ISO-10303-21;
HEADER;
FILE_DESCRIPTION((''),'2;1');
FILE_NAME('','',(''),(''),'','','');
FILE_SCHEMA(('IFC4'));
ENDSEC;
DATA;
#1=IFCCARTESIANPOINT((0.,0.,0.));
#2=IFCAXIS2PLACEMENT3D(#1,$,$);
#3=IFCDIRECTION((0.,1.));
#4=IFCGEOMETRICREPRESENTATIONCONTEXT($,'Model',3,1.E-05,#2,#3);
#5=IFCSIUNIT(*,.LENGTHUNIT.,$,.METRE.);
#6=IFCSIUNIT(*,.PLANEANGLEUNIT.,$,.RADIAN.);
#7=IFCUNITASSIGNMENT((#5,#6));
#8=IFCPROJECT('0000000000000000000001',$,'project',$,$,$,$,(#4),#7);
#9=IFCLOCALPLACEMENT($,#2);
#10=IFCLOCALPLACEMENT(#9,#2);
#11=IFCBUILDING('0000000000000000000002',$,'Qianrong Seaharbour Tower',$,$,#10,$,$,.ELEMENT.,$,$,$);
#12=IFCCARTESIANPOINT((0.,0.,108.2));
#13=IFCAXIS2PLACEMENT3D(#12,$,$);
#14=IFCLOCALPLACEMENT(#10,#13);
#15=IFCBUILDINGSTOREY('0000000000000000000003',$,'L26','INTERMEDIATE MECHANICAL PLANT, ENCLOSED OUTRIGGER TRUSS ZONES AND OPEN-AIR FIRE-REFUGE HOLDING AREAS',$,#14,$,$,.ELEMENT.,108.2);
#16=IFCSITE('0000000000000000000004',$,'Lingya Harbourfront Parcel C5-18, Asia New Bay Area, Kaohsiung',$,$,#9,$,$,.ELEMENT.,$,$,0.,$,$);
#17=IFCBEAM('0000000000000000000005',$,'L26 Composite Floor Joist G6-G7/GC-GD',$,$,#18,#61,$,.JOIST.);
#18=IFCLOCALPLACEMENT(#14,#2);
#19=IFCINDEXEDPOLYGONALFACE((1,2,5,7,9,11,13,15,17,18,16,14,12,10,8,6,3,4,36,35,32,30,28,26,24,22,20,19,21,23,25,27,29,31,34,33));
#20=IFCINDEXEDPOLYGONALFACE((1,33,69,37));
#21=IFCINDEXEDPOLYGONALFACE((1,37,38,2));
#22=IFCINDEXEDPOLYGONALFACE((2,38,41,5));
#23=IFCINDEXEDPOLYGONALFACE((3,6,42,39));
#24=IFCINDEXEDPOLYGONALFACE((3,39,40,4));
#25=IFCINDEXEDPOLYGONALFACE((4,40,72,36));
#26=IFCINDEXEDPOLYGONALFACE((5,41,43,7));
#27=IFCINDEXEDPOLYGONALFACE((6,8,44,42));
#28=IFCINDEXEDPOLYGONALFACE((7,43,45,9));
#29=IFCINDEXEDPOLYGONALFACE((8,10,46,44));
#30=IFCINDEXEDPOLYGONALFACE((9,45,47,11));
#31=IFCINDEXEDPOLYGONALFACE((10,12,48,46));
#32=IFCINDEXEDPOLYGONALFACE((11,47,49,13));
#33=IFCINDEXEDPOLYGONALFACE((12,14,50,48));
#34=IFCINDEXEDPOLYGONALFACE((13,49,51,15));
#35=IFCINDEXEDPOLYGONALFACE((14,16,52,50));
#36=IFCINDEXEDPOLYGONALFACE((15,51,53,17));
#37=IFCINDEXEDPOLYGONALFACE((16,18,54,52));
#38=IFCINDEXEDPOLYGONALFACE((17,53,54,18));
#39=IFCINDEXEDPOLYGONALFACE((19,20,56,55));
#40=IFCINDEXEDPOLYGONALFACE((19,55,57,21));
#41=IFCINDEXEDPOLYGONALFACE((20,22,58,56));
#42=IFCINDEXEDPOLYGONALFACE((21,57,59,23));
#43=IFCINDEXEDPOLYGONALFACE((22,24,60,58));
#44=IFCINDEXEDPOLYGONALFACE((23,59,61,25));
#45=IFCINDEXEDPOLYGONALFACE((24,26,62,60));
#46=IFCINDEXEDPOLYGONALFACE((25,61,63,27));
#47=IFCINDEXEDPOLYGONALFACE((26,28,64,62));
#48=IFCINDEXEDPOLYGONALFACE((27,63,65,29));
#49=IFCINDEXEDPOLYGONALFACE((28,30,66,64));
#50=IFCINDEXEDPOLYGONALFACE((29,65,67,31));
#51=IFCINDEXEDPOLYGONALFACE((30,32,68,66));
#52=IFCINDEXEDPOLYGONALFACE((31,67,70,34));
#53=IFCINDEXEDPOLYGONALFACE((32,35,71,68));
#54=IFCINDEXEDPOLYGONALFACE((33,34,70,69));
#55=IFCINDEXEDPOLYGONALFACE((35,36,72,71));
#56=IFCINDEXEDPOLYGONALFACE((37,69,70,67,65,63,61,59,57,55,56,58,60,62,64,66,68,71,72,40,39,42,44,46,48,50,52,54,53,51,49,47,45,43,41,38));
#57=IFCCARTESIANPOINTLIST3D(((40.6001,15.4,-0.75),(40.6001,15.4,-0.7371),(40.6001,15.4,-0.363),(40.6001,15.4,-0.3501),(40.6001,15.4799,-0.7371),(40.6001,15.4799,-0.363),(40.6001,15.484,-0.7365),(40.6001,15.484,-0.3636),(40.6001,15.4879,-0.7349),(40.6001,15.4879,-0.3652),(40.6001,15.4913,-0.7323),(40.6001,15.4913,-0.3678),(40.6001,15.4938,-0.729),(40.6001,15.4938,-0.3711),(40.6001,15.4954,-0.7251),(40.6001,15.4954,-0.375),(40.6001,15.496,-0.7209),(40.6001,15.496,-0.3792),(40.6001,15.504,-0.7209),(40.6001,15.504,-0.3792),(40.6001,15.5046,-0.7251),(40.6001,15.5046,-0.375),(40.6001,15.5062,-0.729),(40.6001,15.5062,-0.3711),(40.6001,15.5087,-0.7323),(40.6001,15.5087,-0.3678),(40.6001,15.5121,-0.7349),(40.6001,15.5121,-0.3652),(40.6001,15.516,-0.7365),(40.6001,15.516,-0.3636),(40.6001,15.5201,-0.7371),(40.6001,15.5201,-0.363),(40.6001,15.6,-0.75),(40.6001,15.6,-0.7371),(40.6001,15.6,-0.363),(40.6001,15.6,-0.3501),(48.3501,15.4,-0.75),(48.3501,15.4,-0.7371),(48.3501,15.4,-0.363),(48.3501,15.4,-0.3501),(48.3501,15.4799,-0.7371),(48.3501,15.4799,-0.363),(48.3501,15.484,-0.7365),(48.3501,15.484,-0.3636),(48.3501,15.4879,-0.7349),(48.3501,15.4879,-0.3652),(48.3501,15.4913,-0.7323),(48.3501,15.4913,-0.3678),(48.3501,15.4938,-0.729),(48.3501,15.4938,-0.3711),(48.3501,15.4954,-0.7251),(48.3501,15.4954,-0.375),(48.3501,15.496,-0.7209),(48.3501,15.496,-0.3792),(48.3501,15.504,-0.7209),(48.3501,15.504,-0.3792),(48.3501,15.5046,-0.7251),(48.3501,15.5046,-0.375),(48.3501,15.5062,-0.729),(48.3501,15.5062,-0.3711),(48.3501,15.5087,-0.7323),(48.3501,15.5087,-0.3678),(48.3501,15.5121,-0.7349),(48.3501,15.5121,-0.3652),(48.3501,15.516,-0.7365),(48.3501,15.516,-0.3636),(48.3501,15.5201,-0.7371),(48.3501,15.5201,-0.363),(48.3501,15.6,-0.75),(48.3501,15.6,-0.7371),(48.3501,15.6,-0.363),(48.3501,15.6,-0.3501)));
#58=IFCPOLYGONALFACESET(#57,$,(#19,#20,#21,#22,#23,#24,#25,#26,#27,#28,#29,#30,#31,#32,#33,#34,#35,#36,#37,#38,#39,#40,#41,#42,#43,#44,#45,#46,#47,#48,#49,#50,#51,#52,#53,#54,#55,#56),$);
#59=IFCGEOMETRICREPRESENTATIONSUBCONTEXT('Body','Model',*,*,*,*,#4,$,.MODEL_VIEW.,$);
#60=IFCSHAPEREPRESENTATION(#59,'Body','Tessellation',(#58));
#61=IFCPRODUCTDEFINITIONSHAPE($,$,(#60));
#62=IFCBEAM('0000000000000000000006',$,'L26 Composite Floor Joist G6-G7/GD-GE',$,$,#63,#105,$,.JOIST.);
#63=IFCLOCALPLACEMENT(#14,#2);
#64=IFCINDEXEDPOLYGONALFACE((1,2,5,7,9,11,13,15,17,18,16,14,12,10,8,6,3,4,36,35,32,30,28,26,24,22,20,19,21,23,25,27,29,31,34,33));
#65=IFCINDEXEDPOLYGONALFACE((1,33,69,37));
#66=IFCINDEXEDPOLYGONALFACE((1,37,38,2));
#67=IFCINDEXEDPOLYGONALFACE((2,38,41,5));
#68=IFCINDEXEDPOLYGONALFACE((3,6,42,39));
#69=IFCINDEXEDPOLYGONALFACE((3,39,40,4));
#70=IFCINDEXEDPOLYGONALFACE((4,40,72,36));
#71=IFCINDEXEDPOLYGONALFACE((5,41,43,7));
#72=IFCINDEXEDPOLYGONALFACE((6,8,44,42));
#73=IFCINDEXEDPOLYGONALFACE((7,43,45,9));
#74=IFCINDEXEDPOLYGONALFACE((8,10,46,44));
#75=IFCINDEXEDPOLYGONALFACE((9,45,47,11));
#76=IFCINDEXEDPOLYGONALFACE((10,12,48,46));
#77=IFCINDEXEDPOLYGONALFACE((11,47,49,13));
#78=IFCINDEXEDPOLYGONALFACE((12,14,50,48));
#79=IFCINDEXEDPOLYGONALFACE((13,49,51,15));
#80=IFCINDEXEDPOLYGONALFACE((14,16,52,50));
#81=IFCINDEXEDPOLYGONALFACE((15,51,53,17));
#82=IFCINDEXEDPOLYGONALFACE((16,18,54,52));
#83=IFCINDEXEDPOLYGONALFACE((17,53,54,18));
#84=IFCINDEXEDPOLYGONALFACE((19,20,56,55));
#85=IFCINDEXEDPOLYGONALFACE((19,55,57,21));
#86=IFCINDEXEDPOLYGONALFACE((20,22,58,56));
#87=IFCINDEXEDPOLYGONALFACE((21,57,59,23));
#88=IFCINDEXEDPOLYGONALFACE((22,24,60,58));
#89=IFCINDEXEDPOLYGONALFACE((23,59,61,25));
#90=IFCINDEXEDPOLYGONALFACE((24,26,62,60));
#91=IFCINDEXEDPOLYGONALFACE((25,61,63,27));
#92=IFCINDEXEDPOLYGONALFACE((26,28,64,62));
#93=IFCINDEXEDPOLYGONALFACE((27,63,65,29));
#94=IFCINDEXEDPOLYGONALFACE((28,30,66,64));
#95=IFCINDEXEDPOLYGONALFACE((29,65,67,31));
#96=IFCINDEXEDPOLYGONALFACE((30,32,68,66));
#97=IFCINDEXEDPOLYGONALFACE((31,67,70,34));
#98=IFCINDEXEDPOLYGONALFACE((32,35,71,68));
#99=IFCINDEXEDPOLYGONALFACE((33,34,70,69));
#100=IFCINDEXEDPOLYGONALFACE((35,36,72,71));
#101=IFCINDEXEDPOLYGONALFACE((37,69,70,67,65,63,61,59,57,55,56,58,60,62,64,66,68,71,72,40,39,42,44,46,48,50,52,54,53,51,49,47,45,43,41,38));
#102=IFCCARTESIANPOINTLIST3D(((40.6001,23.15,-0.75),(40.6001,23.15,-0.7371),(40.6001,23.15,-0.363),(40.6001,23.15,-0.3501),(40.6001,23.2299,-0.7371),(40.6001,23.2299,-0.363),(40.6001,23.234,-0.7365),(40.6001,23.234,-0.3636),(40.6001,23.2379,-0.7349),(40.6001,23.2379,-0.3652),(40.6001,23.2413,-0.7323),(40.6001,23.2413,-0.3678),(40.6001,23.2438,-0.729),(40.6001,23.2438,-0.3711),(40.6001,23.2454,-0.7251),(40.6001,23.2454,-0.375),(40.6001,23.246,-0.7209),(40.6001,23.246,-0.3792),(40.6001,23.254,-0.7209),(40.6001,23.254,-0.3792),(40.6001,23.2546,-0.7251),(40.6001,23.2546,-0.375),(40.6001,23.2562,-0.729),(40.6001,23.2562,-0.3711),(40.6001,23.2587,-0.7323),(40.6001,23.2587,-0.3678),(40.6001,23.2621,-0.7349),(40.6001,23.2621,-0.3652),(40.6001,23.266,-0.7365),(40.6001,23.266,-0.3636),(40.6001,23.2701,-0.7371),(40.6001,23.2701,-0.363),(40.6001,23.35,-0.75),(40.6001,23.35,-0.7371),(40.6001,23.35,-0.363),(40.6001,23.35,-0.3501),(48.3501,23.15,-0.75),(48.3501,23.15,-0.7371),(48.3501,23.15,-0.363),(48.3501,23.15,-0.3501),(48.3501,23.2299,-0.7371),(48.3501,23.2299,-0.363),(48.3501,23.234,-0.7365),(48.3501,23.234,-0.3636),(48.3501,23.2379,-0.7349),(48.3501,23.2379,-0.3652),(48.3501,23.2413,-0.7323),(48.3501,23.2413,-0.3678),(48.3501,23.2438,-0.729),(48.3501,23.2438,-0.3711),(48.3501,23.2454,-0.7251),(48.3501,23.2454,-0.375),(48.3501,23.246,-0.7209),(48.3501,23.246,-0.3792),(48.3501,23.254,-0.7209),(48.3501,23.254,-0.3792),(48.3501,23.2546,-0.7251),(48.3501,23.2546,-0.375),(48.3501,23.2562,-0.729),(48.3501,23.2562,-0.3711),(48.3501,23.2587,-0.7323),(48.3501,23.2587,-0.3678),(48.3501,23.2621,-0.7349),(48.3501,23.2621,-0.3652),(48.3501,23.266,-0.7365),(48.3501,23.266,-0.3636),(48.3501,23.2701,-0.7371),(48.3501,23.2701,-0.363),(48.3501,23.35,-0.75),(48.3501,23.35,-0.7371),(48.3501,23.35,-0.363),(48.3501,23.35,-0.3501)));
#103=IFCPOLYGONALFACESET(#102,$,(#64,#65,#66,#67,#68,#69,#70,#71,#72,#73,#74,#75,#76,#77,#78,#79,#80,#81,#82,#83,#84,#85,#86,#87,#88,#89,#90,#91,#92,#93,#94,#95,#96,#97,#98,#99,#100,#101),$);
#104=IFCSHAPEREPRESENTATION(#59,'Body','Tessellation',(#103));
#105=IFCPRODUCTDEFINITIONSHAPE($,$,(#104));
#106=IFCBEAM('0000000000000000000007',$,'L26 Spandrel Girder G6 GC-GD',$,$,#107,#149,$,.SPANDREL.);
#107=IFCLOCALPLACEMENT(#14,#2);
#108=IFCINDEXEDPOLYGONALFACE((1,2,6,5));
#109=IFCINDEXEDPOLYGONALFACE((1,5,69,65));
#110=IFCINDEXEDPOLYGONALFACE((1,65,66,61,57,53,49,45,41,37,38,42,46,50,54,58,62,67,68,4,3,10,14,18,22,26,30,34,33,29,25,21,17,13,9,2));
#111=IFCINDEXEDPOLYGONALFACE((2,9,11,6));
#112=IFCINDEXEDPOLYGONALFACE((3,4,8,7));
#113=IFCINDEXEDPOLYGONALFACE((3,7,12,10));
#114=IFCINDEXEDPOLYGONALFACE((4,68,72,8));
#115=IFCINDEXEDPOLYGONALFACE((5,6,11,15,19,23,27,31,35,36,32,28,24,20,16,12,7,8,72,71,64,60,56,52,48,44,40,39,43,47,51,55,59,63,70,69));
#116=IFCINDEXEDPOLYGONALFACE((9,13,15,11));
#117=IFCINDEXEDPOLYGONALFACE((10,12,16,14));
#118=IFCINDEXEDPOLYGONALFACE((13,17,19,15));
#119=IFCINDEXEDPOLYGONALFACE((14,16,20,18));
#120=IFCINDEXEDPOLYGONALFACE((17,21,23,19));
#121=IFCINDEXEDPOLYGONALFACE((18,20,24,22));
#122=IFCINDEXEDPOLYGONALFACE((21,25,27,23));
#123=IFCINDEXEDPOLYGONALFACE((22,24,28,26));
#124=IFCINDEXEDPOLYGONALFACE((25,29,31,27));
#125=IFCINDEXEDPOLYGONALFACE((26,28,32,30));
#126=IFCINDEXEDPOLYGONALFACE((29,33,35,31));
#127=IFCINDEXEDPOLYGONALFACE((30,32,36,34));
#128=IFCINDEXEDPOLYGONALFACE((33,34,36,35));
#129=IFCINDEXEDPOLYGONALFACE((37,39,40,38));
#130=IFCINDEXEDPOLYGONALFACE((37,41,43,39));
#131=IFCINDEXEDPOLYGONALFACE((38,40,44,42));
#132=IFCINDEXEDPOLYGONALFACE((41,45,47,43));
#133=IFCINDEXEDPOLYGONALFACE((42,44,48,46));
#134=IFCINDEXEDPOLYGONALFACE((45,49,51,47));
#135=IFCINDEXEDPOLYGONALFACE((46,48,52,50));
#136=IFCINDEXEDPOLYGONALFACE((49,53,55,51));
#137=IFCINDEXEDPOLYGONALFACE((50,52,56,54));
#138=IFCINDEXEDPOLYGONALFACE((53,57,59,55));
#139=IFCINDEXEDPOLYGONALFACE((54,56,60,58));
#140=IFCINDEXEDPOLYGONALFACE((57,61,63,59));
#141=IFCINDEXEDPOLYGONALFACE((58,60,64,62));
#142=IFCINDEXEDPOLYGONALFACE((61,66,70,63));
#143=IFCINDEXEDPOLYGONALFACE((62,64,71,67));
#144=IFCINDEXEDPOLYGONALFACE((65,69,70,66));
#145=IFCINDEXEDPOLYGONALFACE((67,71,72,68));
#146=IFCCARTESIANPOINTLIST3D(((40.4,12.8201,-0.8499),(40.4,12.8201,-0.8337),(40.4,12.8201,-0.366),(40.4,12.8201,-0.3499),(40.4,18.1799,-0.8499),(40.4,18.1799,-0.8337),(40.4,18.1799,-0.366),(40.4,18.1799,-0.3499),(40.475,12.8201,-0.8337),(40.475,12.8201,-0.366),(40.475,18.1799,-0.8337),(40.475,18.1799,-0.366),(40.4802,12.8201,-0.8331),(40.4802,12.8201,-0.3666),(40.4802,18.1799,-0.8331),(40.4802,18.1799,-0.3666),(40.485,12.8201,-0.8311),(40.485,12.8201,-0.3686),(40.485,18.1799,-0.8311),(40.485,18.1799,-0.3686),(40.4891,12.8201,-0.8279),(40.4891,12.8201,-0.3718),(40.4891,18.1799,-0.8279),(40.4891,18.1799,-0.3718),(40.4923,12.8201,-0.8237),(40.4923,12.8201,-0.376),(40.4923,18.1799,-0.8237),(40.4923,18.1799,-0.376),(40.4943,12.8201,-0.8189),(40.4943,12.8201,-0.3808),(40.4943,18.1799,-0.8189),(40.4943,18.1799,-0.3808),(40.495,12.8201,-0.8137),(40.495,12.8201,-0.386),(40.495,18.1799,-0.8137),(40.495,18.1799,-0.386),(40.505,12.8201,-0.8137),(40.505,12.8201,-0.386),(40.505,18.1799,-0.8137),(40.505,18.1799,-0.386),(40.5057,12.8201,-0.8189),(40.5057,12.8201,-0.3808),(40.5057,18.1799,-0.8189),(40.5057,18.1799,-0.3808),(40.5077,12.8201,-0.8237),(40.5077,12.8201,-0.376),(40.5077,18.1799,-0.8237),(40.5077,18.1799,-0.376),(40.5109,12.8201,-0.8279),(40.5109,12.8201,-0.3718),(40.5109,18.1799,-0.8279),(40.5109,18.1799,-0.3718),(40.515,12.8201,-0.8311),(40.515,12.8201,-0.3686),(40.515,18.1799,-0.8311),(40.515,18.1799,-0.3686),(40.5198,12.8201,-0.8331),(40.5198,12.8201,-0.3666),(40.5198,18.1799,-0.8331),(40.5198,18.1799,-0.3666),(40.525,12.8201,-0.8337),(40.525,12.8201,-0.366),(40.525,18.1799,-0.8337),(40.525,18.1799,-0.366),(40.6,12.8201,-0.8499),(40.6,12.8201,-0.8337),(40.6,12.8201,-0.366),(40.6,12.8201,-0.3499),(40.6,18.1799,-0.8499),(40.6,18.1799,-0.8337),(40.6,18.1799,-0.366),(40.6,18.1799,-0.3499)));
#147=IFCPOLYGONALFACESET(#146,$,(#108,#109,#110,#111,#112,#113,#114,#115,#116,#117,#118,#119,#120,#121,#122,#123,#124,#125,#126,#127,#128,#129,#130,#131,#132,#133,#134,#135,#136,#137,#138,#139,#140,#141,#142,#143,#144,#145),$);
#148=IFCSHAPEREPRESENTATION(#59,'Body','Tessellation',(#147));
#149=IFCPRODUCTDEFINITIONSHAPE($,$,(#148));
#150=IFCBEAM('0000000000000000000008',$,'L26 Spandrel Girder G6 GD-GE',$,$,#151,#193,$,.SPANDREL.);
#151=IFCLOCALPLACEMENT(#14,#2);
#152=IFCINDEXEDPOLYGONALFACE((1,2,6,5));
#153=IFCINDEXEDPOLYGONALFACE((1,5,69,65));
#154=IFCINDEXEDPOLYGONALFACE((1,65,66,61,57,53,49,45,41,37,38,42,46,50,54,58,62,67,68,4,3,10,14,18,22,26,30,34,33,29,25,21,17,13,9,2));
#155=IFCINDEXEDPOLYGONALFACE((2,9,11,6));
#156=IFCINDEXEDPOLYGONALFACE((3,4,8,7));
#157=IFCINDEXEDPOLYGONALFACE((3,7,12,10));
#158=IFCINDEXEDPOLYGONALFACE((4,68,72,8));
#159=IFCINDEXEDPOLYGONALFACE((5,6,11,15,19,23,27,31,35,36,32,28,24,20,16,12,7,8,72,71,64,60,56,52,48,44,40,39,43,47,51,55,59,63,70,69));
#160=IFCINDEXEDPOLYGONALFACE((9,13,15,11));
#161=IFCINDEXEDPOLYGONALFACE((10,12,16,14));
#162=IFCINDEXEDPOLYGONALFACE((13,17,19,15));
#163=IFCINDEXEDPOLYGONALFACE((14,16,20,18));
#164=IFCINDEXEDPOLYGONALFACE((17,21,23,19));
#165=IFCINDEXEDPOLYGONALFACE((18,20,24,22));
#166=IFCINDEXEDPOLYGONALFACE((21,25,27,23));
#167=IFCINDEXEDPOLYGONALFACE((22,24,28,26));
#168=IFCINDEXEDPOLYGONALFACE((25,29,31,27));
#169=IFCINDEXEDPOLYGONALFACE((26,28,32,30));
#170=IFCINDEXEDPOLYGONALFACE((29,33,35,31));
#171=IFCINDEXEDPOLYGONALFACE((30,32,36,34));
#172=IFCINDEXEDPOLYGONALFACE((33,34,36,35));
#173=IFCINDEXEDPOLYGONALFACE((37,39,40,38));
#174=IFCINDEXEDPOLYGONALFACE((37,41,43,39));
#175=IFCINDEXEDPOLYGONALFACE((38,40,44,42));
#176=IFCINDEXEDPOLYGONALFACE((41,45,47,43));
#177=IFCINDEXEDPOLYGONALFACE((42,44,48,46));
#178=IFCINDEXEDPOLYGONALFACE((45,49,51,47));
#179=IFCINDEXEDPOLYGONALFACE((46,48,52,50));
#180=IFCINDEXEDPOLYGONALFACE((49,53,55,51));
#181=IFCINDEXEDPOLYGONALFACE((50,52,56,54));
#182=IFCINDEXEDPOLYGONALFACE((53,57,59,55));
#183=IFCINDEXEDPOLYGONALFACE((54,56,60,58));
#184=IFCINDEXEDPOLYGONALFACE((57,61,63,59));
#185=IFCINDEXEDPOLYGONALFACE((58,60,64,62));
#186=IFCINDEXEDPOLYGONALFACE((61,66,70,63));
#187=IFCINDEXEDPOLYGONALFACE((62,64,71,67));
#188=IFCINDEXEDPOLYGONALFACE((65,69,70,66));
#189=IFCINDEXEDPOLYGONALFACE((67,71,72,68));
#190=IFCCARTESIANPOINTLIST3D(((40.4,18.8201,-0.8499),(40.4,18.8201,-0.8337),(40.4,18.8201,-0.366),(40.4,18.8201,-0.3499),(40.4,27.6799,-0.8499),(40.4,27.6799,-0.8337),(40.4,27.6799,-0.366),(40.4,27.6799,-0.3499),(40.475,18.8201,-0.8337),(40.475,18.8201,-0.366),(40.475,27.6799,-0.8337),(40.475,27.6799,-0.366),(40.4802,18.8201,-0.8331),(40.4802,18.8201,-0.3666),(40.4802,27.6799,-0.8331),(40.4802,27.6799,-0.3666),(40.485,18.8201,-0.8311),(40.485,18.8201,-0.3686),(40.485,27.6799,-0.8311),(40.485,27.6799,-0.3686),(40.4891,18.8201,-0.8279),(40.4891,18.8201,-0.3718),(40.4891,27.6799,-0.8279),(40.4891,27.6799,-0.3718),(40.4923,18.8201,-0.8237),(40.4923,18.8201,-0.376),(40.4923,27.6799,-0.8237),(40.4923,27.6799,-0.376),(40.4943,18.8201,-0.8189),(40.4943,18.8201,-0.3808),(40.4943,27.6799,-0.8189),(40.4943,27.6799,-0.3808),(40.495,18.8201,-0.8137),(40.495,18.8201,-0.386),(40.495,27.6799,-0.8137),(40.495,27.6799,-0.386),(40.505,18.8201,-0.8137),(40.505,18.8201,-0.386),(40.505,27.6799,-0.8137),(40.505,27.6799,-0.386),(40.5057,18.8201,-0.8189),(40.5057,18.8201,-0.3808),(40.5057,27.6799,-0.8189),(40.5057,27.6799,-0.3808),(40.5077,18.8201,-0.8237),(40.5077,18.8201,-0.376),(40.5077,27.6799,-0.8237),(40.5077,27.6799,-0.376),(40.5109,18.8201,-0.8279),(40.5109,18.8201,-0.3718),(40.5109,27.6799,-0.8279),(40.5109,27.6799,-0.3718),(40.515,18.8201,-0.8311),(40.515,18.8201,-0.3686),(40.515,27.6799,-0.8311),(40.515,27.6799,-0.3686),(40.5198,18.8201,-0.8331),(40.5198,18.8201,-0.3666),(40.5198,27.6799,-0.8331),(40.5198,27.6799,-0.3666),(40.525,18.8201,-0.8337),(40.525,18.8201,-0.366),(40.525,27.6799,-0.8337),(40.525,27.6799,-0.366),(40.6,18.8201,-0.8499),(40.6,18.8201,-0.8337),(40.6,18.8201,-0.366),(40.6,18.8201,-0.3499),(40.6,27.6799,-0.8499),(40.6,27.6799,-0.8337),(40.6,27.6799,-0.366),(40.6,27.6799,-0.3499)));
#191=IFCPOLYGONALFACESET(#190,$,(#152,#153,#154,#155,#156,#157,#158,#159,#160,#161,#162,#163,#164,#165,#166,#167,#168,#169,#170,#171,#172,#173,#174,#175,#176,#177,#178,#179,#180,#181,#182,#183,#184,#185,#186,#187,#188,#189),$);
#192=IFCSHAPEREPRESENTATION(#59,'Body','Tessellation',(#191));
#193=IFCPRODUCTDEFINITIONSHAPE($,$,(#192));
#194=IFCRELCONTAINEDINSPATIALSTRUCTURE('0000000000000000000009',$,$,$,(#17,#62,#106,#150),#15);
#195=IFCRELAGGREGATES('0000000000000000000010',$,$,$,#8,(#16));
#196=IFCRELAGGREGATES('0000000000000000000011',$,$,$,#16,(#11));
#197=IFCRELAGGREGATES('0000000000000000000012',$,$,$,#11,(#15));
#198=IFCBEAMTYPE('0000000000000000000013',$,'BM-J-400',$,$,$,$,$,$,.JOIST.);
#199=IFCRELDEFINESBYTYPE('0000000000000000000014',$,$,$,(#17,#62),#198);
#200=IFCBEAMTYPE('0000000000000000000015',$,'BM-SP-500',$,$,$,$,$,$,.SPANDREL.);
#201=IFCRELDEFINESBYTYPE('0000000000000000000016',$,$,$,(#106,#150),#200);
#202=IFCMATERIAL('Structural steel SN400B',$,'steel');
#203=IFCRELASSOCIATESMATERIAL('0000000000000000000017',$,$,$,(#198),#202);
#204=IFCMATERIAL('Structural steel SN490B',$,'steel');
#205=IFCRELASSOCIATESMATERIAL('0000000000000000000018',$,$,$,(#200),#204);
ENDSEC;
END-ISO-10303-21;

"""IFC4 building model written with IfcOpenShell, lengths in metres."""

from ifc_helpers import new_model, si_unit, direction, frame, origin, origin_2d, place, context, subcontext, project, spatial, i_section, extrude, material, material_profile, profile_set, type_object, element, save


model = new_model("IFC4")

# Units and contexts
model_context = context("Model", 3, precision=1e-05, world=origin(), true_north=direction((0.0, 1.0)))
body_context = subcontext(model_context, "Body", "Model", "MODEL_VIEW")
ifc_project = project(units=[si_unit("LENGTHUNIT", "METRE"), si_unit("PLANEANGLEUNIT", "RADIAN")], contexts=[model_context])

# Site, building, storey
site_placement = place(None, origin())
site = spatial("IfcSite", under=ifc_project, at=site_placement, Name="Lingya Harbourfront Parcel C5-18, Asia New Bay Area, Kaohsiung", CompositionType="ELEMENT", RefElevation=0.0)
building_placement = place(site_placement, origin())
building = spatial("IfcBuilding", under=site, at=building_placement, Name="Qianrong Seaharbour Tower", CompositionType="ELEMENT")
storey_placement = place(building_placement, frame((0.0, 0.0, 108.2)))
storey = spatial("IfcBuildingStorey", under=building, at=storey_placement, Name="L26", Description="INTERMEDIATE MECHANICAL PLANT, ENCLOSED OUTRIGGER TRUSS ZONES AND OPEN-AIR FIRE-REFUGE HOLDING AREAS", CompositionType="ELEMENT", Elevation=108.2)

# Shared definitions
ifc_material_1 = material(Name="Structural steel SN490B", Category="steel")

# Beams
ifc_material_2 = material(Name="Structural steel SN400B", Category="steel")
ifc_material_profile_1 = material_profile(ifc_material_2, i_section(OverallWidth=0.2, OverallDepth=0.3999, WebThickness=0.0081, FlangeThickness=0.0129, FilletRadius=0.0161, at=origin_2d()), Name="H400x200x8x13")
ifc_profile_set_1 = profile_set([ifc_material_profile_1], Name="Structural steel SN400B")
beam_type_1 = type_object("IfcBeamType", Name="BM-J-400", PredefinedType="JOIST", material=ifc_profile_set_1)
for number, where, z_axis, x_axis, name in (
    (1, (40.6001, 15.5, -0.55), (1.0, 0.0, 0.0), (0.0, 1.0, 0.0), "L26 Composite Floor Joist G6-G7/GC-GD"),
    (2, (40.6001, 23.25, -0.55), (1.0, 0.0, 0.0), (0.0, 1.0, 0.0), "L26 Composite Floor Joist G6-G7/GD-GE"),
):
    element("IfcBeam", number, at=place(storey_placement, frame(where, z_axis=z_axis, x_axis=x_axis)), inside=storey, type_object=beam_type_1, Name=name, PredefinedType="JOIST", context=body_context, shape_type="SweptSolid", body=[
        extrude(i_section(OverallWidth=0.2, OverallDepth=0.3999, WebThickness=0.0081, FlangeThickness=0.0129, FilletRadius=0.0161, at=origin_2d()), origin(), (0.0, 0.0, 1.0), 7.75),
    ])
ifc_material_profile_2 = material_profile(ifc_material_1, i_section(OverallWidth=0.2, OverallDepth=0.5, WebThickness=0.01, FlangeThickness=0.0161, FilletRadius=0.02, at=origin_2d()), Name="H500x200x10x16")
ifc_profile_set_2 = profile_set([ifc_material_profile_2], Name="Structural steel SN490B")
beam_type_2 = type_object("IfcBeamType", Name="BM-SP-500", PredefinedType="SPANDREL", material=ifc_profile_set_2)
beam_1_placement = place(storey_placement, frame((40.5, 12.8201, -0.5999), z_axis=(0.0, 1.0, 0.0), x_axis=(-1.0, 0.0, 0.0)))
element("IfcBeam", 3, at=beam_1_placement, inside=storey, type_object=beam_type_2, Name="L26 Spandrel Girder G6 GC-GD", PredefinedType="SPANDREL", context=body_context, shape_type="SweptSolid", body=[
    extrude(i_section(OverallWidth=0.2, OverallDepth=0.5, WebThickness=0.01, FlangeThickness=0.0161, FilletRadius=0.02, at=origin_2d()), origin(), (0.0, 0.0, 1.0), 5.3599),
])
beam_2_placement = place(storey_placement, frame((40.5, 18.8201, -0.5999), z_axis=(0.0, 1.0, 0.0), x_axis=(-1.0, 0.0, 0.0)))
element("IfcBeam", 4, at=beam_2_placement, inside=storey, type_object=beam_type_2, Name="L26 Spandrel Girder G6 GD-GE", PredefinedType="SPANDREL", context=body_context, shape_type="SweptSolid", body=[
    extrude(i_section(OverallWidth=0.2, OverallDepth=0.5, WebThickness=0.01, FlangeThickness=0.0161, FilletRadius=0.02, at=origin_2d()), origin(), (0.0, 0.0, 1.0), 8.8599),
])

save(model, "model.ifc")
